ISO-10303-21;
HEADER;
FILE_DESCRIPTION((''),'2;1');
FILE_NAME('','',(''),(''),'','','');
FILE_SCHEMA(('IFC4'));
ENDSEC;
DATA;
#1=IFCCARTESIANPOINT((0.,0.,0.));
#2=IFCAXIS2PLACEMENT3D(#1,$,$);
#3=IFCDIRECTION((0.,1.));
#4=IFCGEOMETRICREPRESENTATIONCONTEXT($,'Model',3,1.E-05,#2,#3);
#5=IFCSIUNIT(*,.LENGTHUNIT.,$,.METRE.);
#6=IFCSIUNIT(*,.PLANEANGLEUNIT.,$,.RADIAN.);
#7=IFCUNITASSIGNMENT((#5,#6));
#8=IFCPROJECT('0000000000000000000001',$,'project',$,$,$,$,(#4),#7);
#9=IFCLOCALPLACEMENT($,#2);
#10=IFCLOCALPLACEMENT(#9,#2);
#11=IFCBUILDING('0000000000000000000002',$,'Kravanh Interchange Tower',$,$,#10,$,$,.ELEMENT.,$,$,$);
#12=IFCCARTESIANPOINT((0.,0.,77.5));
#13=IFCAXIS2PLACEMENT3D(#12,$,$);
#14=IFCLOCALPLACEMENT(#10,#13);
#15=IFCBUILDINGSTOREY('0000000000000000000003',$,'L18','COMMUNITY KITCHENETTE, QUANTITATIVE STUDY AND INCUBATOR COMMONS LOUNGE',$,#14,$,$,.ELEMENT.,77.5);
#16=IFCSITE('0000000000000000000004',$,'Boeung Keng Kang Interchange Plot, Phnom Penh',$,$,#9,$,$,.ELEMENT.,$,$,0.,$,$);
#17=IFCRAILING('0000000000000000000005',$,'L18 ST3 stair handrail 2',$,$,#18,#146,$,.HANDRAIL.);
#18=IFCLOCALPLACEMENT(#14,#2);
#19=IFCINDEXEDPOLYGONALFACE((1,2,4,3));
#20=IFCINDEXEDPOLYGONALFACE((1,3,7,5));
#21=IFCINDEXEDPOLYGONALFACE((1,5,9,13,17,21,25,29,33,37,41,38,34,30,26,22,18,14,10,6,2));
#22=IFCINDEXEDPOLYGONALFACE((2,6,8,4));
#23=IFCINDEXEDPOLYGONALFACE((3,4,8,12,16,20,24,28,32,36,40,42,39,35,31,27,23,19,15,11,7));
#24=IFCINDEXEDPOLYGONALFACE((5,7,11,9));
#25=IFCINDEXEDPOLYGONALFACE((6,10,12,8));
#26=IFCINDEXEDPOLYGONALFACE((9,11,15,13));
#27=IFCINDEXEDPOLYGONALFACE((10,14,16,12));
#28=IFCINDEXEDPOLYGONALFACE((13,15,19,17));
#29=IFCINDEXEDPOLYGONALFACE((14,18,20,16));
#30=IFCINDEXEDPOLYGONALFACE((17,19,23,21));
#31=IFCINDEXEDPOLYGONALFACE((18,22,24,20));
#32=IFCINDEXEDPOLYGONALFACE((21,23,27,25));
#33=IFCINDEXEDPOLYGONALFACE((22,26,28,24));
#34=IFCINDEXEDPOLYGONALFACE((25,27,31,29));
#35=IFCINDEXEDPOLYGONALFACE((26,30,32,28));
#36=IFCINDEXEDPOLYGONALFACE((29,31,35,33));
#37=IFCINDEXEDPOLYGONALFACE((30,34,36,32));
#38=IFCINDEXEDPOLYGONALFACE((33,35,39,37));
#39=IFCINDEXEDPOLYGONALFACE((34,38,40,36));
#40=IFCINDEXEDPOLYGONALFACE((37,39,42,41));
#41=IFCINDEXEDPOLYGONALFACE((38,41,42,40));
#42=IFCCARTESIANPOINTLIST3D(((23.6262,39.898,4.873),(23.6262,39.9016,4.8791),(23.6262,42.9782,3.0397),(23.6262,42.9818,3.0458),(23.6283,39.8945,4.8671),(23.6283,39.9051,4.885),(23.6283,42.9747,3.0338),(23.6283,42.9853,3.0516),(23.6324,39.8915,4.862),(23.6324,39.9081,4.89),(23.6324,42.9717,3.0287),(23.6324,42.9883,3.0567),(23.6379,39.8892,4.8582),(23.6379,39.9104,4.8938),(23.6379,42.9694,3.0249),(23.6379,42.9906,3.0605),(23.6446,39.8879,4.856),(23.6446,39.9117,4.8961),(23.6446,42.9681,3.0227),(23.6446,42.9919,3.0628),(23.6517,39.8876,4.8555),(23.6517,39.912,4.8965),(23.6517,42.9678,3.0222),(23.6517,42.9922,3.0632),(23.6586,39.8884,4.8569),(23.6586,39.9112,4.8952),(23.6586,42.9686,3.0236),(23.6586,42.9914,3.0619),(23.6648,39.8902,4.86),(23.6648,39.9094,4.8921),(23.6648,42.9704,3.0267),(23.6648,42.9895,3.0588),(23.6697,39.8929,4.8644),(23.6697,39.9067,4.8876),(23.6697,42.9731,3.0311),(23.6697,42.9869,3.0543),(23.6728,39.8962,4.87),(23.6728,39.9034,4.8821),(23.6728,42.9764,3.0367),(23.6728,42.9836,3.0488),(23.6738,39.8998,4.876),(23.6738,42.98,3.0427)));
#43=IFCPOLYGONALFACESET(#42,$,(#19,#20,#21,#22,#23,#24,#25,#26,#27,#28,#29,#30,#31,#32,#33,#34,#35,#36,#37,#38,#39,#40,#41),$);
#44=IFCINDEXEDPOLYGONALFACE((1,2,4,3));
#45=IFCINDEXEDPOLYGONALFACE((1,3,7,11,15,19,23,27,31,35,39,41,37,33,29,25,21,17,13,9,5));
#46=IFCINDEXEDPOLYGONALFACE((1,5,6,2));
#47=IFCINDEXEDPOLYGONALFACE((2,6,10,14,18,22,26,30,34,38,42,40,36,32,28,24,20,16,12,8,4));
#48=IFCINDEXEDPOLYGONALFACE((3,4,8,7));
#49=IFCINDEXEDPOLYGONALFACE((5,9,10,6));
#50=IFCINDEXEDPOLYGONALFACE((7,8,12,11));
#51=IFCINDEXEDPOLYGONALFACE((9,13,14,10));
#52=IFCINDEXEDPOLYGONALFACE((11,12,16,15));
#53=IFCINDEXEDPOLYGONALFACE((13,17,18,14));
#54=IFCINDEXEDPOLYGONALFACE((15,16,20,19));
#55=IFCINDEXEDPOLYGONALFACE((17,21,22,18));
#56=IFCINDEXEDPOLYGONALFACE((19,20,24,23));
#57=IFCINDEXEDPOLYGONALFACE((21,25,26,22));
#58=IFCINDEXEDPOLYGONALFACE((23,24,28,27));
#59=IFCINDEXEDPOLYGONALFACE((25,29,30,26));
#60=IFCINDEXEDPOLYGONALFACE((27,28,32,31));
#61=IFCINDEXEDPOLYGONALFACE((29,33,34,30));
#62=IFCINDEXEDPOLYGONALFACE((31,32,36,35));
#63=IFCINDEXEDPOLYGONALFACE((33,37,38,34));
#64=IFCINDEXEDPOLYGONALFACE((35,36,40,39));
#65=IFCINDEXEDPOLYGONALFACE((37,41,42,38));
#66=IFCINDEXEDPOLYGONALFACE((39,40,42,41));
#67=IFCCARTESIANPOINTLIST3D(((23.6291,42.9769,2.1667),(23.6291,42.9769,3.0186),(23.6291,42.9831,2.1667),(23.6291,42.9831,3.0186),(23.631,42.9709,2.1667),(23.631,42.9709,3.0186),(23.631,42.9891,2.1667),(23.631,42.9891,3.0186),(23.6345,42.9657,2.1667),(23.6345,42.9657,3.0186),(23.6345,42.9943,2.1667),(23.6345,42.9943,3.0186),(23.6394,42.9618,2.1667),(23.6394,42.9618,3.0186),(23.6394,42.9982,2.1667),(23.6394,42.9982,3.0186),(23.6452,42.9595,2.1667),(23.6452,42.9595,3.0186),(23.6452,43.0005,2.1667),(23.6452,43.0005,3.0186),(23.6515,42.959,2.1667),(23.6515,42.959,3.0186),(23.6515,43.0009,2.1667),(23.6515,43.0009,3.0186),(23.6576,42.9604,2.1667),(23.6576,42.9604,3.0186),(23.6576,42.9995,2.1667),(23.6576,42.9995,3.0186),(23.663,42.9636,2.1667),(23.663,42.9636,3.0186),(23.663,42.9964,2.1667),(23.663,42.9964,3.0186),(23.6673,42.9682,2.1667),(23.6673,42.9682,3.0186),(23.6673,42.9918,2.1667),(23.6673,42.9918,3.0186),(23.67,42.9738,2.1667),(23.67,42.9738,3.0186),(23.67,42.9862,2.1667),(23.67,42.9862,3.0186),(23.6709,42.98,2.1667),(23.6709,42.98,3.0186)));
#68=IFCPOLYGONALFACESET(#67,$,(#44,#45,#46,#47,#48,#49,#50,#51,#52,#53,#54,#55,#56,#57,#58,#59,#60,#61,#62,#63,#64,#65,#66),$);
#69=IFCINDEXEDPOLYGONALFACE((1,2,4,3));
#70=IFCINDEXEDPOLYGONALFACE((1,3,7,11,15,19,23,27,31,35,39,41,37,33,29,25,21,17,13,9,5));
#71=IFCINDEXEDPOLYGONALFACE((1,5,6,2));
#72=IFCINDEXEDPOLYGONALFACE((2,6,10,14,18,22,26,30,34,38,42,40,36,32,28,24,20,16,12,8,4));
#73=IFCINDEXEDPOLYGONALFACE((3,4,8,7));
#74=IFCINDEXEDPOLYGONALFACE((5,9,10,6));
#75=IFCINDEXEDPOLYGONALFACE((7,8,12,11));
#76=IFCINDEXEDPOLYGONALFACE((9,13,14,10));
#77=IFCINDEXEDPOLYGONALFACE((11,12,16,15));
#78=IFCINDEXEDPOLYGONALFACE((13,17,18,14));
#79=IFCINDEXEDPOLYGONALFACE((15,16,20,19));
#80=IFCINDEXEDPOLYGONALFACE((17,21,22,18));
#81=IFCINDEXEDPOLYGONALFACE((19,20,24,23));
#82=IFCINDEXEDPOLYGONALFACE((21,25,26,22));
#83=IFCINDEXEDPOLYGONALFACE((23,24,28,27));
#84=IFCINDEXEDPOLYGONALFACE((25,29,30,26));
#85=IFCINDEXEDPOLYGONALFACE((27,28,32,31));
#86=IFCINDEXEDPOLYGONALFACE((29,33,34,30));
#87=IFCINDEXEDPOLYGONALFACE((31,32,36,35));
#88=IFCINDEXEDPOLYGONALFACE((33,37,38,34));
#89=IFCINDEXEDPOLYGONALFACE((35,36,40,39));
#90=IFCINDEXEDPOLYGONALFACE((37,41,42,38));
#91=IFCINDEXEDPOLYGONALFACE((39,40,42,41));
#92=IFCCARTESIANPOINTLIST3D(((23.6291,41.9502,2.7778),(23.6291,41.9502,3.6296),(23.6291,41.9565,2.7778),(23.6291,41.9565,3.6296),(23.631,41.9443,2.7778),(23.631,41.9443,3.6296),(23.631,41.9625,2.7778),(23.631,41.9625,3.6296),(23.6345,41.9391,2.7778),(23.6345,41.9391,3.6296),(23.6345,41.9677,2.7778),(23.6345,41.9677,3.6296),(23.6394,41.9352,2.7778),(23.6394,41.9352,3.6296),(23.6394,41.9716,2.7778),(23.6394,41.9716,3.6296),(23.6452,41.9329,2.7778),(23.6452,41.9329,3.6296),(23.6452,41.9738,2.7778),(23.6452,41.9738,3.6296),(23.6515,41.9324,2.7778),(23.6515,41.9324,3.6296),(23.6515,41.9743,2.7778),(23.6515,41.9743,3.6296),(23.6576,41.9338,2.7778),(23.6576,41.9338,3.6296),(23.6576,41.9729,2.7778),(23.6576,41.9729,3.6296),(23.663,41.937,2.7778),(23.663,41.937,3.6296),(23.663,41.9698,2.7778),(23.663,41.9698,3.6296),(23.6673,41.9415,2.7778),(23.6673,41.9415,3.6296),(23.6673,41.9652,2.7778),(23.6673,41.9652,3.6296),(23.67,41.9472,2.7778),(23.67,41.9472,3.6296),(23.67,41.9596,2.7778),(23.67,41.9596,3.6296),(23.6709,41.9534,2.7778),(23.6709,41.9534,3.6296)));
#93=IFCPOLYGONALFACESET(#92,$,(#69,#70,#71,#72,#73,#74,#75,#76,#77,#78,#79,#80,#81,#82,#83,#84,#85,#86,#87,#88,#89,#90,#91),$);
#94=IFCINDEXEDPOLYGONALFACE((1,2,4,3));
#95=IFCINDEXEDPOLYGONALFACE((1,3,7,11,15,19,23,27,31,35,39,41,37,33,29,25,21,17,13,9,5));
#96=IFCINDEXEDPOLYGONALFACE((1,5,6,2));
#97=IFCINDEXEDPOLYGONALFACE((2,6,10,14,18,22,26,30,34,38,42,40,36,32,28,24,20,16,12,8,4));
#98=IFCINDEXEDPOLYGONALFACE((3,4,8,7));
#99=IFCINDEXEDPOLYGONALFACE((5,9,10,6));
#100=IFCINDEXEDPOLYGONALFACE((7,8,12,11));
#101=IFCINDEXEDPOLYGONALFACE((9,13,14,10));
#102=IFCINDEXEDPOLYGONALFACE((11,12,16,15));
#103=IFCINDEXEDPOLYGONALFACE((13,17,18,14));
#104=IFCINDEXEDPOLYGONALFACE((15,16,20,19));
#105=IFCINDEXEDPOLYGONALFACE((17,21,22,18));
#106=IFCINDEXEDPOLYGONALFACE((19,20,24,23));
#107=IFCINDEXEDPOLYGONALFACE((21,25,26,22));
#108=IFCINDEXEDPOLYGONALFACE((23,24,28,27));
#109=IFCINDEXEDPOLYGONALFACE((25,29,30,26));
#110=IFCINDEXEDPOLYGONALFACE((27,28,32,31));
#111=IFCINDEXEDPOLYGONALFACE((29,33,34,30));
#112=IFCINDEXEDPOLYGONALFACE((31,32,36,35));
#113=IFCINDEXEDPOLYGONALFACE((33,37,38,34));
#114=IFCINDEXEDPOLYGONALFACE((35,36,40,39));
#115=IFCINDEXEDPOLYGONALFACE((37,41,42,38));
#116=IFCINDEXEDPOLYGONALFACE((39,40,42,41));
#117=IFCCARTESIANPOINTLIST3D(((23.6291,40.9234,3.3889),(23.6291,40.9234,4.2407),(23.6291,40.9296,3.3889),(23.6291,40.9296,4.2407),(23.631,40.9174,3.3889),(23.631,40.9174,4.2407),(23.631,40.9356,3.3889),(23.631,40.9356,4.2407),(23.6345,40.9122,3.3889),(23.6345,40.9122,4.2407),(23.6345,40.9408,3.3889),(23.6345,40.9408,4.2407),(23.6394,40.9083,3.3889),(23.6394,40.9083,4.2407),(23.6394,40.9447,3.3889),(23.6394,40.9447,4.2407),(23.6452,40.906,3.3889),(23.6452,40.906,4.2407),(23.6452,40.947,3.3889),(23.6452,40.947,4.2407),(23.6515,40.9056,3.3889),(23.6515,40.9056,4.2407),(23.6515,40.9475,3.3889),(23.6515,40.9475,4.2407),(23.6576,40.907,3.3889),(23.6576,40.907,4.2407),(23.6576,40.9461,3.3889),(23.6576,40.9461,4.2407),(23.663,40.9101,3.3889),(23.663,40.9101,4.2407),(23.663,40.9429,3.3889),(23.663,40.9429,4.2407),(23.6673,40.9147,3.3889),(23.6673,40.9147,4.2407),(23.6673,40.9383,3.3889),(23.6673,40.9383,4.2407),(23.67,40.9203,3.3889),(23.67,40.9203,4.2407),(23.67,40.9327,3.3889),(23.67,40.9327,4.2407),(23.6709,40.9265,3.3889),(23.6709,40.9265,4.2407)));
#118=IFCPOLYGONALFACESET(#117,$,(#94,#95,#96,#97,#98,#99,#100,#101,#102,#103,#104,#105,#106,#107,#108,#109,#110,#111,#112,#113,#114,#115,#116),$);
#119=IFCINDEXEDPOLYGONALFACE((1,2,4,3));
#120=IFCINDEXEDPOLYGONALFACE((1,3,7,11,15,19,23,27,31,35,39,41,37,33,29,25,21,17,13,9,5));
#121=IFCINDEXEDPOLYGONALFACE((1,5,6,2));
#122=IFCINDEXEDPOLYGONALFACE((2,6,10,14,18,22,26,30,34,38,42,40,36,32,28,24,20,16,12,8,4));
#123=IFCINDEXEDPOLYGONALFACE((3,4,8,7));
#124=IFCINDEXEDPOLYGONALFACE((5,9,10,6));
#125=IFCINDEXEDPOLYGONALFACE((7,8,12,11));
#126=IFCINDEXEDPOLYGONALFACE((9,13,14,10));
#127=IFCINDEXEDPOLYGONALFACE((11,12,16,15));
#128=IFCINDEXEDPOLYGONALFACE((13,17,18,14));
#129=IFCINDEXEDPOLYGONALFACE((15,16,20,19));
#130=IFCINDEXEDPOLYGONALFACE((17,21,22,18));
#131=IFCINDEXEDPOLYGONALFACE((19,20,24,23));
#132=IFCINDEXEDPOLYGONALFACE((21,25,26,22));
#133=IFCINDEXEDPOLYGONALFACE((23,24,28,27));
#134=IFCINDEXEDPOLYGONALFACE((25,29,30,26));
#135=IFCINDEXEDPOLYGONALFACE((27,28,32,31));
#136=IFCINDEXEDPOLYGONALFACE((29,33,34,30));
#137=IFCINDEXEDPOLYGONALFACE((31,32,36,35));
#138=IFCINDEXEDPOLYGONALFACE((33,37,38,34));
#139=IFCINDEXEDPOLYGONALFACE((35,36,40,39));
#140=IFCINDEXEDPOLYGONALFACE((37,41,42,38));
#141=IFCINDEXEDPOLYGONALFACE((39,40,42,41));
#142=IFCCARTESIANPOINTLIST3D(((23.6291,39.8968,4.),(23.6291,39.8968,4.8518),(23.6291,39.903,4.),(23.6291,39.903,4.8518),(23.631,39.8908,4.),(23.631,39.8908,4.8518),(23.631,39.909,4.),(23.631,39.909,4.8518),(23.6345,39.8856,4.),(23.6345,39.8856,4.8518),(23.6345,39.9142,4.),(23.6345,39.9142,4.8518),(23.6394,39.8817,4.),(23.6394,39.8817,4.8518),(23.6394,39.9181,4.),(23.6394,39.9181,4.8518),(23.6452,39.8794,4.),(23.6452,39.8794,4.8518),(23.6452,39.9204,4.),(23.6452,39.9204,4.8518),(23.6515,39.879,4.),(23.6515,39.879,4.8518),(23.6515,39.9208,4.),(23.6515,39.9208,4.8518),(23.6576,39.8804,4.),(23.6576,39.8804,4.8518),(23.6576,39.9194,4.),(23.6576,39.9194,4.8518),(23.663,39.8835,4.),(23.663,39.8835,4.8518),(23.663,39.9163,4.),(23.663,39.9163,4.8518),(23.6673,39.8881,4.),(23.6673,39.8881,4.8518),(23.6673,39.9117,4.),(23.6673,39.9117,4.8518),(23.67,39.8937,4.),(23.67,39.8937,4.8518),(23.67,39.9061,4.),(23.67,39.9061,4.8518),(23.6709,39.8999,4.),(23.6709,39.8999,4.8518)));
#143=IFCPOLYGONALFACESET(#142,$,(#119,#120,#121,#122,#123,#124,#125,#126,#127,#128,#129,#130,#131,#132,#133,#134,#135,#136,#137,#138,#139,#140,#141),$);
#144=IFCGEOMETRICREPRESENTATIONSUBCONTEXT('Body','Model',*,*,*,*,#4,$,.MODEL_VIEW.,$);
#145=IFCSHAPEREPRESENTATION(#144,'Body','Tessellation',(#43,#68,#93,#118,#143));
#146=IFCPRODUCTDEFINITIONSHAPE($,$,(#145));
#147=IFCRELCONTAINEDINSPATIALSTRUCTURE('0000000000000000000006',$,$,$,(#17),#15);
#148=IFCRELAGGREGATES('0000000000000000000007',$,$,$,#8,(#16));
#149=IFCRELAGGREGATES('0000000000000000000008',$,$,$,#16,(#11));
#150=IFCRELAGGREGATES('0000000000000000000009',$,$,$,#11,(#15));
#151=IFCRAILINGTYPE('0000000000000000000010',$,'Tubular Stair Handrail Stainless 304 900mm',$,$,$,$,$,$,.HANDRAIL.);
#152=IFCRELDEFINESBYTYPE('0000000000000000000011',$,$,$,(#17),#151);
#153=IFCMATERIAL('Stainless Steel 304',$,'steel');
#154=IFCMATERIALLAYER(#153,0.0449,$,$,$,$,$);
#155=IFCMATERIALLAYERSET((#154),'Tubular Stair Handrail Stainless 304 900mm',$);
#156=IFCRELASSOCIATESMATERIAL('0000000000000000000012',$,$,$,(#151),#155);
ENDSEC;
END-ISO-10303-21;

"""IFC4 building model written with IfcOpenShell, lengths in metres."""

from ifc_helpers import new_model, si_unit, direction, frame, origin, origin_2d, place, context, subcontext, project, spatial, circle, extrude, material, layer, layer_set, type_object, element, save


model = new_model("IFC4")

# Units and contexts
model_context = context("Model", 3, precision=1e-05, world=origin(), true_north=direction((0.0, 1.0)))
body_context = subcontext(model_context, "Body", "Model", "MODEL_VIEW")
ifc_project = project(units=[si_unit("LENGTHUNIT", "METRE"), si_unit("PLANEANGLEUNIT", "RADIAN")], contexts=[model_context])

# Site, building, storey
site_placement = place(None, origin())
site = spatial("IfcSite", under=ifc_project, at=site_placement, Name="Boeung Keng Kang Interchange Plot, Phnom Penh", CompositionType="ELEMENT", RefElevation=0.0)
building_placement = place(site_placement, origin())
building = spatial("IfcBuilding", under=site, at=building_placement, Name="Kravanh Interchange Tower", CompositionType="ELEMENT")
storey_placement = place(building_placement, frame((0.0, 0.0, 77.5)))
storey = spatial("IfcBuildingStorey", under=building, at=storey_placement, Name="L18", Description="COMMUNITY KITCHENETTE, QUANTITATIVE STUDY AND INCUBATOR COMMONS LOUNGE", CompositionType="ELEMENT", Elevation=77.5)

# Railing
ifc_material_1 = material(Name="Stainless Steel 304", Category="steel")
ifc_layer_1 = layer(ifc_material_1, 0.0449)
ifc_layer_set_1 = layer_set([ifc_layer_1], Name="Tubular Stair Handrail Stainless 304 900mm")
railing_type_1 = type_object("IfcRailingType", Name="Tubular Stair Handrail Stainless 304 900mm", PredefinedType="HANDRAIL", material=ifc_layer_set_1)
railing_1_placement = place(storey_placement, frame((23.6499, 42.98, 2.1667)))
element("IfcRailing", 1, at=railing_1_placement, inside=storey, type_object=railing_type_1, Name="L18 ST3 stair handrail 2", PredefinedType="HANDRAIL", context=body_context, shape_type="SweptSolid", body=[
    extrude(circle(Radius=0.0239, at=origin_2d()), frame((0.0, 0.0, 0.876), z_axis=(0.0, -0.859309, 0.511458), x_axis=(1.0, 0.0, 0.0)), (0.0, 0.0, 1.0), 3.5845),
    extrude(circle(Radius=0.021, at=origin_2d()), origin(), (0.0, 0.0, 1.0), 0.8518),
    extrude(circle(Radius=0.021, at=origin_2d()), frame((0.0, -1.0266, 0.6111)), (0.0, 0.0, 1.0), 0.8518),
    extrude(circle(Radius=0.021, at=origin_2d()), frame((0.0, -2.0535, 1.2222)), (0.0, 0.0, 1.0), 0.8518),
    extrude(circle(Radius=0.021, at=origin_2d()), frame((0.0, -3.0801, 1.8333)), (0.0, 0.0, 1.0), 0.8518),
])

save(model, "model.ifc")
